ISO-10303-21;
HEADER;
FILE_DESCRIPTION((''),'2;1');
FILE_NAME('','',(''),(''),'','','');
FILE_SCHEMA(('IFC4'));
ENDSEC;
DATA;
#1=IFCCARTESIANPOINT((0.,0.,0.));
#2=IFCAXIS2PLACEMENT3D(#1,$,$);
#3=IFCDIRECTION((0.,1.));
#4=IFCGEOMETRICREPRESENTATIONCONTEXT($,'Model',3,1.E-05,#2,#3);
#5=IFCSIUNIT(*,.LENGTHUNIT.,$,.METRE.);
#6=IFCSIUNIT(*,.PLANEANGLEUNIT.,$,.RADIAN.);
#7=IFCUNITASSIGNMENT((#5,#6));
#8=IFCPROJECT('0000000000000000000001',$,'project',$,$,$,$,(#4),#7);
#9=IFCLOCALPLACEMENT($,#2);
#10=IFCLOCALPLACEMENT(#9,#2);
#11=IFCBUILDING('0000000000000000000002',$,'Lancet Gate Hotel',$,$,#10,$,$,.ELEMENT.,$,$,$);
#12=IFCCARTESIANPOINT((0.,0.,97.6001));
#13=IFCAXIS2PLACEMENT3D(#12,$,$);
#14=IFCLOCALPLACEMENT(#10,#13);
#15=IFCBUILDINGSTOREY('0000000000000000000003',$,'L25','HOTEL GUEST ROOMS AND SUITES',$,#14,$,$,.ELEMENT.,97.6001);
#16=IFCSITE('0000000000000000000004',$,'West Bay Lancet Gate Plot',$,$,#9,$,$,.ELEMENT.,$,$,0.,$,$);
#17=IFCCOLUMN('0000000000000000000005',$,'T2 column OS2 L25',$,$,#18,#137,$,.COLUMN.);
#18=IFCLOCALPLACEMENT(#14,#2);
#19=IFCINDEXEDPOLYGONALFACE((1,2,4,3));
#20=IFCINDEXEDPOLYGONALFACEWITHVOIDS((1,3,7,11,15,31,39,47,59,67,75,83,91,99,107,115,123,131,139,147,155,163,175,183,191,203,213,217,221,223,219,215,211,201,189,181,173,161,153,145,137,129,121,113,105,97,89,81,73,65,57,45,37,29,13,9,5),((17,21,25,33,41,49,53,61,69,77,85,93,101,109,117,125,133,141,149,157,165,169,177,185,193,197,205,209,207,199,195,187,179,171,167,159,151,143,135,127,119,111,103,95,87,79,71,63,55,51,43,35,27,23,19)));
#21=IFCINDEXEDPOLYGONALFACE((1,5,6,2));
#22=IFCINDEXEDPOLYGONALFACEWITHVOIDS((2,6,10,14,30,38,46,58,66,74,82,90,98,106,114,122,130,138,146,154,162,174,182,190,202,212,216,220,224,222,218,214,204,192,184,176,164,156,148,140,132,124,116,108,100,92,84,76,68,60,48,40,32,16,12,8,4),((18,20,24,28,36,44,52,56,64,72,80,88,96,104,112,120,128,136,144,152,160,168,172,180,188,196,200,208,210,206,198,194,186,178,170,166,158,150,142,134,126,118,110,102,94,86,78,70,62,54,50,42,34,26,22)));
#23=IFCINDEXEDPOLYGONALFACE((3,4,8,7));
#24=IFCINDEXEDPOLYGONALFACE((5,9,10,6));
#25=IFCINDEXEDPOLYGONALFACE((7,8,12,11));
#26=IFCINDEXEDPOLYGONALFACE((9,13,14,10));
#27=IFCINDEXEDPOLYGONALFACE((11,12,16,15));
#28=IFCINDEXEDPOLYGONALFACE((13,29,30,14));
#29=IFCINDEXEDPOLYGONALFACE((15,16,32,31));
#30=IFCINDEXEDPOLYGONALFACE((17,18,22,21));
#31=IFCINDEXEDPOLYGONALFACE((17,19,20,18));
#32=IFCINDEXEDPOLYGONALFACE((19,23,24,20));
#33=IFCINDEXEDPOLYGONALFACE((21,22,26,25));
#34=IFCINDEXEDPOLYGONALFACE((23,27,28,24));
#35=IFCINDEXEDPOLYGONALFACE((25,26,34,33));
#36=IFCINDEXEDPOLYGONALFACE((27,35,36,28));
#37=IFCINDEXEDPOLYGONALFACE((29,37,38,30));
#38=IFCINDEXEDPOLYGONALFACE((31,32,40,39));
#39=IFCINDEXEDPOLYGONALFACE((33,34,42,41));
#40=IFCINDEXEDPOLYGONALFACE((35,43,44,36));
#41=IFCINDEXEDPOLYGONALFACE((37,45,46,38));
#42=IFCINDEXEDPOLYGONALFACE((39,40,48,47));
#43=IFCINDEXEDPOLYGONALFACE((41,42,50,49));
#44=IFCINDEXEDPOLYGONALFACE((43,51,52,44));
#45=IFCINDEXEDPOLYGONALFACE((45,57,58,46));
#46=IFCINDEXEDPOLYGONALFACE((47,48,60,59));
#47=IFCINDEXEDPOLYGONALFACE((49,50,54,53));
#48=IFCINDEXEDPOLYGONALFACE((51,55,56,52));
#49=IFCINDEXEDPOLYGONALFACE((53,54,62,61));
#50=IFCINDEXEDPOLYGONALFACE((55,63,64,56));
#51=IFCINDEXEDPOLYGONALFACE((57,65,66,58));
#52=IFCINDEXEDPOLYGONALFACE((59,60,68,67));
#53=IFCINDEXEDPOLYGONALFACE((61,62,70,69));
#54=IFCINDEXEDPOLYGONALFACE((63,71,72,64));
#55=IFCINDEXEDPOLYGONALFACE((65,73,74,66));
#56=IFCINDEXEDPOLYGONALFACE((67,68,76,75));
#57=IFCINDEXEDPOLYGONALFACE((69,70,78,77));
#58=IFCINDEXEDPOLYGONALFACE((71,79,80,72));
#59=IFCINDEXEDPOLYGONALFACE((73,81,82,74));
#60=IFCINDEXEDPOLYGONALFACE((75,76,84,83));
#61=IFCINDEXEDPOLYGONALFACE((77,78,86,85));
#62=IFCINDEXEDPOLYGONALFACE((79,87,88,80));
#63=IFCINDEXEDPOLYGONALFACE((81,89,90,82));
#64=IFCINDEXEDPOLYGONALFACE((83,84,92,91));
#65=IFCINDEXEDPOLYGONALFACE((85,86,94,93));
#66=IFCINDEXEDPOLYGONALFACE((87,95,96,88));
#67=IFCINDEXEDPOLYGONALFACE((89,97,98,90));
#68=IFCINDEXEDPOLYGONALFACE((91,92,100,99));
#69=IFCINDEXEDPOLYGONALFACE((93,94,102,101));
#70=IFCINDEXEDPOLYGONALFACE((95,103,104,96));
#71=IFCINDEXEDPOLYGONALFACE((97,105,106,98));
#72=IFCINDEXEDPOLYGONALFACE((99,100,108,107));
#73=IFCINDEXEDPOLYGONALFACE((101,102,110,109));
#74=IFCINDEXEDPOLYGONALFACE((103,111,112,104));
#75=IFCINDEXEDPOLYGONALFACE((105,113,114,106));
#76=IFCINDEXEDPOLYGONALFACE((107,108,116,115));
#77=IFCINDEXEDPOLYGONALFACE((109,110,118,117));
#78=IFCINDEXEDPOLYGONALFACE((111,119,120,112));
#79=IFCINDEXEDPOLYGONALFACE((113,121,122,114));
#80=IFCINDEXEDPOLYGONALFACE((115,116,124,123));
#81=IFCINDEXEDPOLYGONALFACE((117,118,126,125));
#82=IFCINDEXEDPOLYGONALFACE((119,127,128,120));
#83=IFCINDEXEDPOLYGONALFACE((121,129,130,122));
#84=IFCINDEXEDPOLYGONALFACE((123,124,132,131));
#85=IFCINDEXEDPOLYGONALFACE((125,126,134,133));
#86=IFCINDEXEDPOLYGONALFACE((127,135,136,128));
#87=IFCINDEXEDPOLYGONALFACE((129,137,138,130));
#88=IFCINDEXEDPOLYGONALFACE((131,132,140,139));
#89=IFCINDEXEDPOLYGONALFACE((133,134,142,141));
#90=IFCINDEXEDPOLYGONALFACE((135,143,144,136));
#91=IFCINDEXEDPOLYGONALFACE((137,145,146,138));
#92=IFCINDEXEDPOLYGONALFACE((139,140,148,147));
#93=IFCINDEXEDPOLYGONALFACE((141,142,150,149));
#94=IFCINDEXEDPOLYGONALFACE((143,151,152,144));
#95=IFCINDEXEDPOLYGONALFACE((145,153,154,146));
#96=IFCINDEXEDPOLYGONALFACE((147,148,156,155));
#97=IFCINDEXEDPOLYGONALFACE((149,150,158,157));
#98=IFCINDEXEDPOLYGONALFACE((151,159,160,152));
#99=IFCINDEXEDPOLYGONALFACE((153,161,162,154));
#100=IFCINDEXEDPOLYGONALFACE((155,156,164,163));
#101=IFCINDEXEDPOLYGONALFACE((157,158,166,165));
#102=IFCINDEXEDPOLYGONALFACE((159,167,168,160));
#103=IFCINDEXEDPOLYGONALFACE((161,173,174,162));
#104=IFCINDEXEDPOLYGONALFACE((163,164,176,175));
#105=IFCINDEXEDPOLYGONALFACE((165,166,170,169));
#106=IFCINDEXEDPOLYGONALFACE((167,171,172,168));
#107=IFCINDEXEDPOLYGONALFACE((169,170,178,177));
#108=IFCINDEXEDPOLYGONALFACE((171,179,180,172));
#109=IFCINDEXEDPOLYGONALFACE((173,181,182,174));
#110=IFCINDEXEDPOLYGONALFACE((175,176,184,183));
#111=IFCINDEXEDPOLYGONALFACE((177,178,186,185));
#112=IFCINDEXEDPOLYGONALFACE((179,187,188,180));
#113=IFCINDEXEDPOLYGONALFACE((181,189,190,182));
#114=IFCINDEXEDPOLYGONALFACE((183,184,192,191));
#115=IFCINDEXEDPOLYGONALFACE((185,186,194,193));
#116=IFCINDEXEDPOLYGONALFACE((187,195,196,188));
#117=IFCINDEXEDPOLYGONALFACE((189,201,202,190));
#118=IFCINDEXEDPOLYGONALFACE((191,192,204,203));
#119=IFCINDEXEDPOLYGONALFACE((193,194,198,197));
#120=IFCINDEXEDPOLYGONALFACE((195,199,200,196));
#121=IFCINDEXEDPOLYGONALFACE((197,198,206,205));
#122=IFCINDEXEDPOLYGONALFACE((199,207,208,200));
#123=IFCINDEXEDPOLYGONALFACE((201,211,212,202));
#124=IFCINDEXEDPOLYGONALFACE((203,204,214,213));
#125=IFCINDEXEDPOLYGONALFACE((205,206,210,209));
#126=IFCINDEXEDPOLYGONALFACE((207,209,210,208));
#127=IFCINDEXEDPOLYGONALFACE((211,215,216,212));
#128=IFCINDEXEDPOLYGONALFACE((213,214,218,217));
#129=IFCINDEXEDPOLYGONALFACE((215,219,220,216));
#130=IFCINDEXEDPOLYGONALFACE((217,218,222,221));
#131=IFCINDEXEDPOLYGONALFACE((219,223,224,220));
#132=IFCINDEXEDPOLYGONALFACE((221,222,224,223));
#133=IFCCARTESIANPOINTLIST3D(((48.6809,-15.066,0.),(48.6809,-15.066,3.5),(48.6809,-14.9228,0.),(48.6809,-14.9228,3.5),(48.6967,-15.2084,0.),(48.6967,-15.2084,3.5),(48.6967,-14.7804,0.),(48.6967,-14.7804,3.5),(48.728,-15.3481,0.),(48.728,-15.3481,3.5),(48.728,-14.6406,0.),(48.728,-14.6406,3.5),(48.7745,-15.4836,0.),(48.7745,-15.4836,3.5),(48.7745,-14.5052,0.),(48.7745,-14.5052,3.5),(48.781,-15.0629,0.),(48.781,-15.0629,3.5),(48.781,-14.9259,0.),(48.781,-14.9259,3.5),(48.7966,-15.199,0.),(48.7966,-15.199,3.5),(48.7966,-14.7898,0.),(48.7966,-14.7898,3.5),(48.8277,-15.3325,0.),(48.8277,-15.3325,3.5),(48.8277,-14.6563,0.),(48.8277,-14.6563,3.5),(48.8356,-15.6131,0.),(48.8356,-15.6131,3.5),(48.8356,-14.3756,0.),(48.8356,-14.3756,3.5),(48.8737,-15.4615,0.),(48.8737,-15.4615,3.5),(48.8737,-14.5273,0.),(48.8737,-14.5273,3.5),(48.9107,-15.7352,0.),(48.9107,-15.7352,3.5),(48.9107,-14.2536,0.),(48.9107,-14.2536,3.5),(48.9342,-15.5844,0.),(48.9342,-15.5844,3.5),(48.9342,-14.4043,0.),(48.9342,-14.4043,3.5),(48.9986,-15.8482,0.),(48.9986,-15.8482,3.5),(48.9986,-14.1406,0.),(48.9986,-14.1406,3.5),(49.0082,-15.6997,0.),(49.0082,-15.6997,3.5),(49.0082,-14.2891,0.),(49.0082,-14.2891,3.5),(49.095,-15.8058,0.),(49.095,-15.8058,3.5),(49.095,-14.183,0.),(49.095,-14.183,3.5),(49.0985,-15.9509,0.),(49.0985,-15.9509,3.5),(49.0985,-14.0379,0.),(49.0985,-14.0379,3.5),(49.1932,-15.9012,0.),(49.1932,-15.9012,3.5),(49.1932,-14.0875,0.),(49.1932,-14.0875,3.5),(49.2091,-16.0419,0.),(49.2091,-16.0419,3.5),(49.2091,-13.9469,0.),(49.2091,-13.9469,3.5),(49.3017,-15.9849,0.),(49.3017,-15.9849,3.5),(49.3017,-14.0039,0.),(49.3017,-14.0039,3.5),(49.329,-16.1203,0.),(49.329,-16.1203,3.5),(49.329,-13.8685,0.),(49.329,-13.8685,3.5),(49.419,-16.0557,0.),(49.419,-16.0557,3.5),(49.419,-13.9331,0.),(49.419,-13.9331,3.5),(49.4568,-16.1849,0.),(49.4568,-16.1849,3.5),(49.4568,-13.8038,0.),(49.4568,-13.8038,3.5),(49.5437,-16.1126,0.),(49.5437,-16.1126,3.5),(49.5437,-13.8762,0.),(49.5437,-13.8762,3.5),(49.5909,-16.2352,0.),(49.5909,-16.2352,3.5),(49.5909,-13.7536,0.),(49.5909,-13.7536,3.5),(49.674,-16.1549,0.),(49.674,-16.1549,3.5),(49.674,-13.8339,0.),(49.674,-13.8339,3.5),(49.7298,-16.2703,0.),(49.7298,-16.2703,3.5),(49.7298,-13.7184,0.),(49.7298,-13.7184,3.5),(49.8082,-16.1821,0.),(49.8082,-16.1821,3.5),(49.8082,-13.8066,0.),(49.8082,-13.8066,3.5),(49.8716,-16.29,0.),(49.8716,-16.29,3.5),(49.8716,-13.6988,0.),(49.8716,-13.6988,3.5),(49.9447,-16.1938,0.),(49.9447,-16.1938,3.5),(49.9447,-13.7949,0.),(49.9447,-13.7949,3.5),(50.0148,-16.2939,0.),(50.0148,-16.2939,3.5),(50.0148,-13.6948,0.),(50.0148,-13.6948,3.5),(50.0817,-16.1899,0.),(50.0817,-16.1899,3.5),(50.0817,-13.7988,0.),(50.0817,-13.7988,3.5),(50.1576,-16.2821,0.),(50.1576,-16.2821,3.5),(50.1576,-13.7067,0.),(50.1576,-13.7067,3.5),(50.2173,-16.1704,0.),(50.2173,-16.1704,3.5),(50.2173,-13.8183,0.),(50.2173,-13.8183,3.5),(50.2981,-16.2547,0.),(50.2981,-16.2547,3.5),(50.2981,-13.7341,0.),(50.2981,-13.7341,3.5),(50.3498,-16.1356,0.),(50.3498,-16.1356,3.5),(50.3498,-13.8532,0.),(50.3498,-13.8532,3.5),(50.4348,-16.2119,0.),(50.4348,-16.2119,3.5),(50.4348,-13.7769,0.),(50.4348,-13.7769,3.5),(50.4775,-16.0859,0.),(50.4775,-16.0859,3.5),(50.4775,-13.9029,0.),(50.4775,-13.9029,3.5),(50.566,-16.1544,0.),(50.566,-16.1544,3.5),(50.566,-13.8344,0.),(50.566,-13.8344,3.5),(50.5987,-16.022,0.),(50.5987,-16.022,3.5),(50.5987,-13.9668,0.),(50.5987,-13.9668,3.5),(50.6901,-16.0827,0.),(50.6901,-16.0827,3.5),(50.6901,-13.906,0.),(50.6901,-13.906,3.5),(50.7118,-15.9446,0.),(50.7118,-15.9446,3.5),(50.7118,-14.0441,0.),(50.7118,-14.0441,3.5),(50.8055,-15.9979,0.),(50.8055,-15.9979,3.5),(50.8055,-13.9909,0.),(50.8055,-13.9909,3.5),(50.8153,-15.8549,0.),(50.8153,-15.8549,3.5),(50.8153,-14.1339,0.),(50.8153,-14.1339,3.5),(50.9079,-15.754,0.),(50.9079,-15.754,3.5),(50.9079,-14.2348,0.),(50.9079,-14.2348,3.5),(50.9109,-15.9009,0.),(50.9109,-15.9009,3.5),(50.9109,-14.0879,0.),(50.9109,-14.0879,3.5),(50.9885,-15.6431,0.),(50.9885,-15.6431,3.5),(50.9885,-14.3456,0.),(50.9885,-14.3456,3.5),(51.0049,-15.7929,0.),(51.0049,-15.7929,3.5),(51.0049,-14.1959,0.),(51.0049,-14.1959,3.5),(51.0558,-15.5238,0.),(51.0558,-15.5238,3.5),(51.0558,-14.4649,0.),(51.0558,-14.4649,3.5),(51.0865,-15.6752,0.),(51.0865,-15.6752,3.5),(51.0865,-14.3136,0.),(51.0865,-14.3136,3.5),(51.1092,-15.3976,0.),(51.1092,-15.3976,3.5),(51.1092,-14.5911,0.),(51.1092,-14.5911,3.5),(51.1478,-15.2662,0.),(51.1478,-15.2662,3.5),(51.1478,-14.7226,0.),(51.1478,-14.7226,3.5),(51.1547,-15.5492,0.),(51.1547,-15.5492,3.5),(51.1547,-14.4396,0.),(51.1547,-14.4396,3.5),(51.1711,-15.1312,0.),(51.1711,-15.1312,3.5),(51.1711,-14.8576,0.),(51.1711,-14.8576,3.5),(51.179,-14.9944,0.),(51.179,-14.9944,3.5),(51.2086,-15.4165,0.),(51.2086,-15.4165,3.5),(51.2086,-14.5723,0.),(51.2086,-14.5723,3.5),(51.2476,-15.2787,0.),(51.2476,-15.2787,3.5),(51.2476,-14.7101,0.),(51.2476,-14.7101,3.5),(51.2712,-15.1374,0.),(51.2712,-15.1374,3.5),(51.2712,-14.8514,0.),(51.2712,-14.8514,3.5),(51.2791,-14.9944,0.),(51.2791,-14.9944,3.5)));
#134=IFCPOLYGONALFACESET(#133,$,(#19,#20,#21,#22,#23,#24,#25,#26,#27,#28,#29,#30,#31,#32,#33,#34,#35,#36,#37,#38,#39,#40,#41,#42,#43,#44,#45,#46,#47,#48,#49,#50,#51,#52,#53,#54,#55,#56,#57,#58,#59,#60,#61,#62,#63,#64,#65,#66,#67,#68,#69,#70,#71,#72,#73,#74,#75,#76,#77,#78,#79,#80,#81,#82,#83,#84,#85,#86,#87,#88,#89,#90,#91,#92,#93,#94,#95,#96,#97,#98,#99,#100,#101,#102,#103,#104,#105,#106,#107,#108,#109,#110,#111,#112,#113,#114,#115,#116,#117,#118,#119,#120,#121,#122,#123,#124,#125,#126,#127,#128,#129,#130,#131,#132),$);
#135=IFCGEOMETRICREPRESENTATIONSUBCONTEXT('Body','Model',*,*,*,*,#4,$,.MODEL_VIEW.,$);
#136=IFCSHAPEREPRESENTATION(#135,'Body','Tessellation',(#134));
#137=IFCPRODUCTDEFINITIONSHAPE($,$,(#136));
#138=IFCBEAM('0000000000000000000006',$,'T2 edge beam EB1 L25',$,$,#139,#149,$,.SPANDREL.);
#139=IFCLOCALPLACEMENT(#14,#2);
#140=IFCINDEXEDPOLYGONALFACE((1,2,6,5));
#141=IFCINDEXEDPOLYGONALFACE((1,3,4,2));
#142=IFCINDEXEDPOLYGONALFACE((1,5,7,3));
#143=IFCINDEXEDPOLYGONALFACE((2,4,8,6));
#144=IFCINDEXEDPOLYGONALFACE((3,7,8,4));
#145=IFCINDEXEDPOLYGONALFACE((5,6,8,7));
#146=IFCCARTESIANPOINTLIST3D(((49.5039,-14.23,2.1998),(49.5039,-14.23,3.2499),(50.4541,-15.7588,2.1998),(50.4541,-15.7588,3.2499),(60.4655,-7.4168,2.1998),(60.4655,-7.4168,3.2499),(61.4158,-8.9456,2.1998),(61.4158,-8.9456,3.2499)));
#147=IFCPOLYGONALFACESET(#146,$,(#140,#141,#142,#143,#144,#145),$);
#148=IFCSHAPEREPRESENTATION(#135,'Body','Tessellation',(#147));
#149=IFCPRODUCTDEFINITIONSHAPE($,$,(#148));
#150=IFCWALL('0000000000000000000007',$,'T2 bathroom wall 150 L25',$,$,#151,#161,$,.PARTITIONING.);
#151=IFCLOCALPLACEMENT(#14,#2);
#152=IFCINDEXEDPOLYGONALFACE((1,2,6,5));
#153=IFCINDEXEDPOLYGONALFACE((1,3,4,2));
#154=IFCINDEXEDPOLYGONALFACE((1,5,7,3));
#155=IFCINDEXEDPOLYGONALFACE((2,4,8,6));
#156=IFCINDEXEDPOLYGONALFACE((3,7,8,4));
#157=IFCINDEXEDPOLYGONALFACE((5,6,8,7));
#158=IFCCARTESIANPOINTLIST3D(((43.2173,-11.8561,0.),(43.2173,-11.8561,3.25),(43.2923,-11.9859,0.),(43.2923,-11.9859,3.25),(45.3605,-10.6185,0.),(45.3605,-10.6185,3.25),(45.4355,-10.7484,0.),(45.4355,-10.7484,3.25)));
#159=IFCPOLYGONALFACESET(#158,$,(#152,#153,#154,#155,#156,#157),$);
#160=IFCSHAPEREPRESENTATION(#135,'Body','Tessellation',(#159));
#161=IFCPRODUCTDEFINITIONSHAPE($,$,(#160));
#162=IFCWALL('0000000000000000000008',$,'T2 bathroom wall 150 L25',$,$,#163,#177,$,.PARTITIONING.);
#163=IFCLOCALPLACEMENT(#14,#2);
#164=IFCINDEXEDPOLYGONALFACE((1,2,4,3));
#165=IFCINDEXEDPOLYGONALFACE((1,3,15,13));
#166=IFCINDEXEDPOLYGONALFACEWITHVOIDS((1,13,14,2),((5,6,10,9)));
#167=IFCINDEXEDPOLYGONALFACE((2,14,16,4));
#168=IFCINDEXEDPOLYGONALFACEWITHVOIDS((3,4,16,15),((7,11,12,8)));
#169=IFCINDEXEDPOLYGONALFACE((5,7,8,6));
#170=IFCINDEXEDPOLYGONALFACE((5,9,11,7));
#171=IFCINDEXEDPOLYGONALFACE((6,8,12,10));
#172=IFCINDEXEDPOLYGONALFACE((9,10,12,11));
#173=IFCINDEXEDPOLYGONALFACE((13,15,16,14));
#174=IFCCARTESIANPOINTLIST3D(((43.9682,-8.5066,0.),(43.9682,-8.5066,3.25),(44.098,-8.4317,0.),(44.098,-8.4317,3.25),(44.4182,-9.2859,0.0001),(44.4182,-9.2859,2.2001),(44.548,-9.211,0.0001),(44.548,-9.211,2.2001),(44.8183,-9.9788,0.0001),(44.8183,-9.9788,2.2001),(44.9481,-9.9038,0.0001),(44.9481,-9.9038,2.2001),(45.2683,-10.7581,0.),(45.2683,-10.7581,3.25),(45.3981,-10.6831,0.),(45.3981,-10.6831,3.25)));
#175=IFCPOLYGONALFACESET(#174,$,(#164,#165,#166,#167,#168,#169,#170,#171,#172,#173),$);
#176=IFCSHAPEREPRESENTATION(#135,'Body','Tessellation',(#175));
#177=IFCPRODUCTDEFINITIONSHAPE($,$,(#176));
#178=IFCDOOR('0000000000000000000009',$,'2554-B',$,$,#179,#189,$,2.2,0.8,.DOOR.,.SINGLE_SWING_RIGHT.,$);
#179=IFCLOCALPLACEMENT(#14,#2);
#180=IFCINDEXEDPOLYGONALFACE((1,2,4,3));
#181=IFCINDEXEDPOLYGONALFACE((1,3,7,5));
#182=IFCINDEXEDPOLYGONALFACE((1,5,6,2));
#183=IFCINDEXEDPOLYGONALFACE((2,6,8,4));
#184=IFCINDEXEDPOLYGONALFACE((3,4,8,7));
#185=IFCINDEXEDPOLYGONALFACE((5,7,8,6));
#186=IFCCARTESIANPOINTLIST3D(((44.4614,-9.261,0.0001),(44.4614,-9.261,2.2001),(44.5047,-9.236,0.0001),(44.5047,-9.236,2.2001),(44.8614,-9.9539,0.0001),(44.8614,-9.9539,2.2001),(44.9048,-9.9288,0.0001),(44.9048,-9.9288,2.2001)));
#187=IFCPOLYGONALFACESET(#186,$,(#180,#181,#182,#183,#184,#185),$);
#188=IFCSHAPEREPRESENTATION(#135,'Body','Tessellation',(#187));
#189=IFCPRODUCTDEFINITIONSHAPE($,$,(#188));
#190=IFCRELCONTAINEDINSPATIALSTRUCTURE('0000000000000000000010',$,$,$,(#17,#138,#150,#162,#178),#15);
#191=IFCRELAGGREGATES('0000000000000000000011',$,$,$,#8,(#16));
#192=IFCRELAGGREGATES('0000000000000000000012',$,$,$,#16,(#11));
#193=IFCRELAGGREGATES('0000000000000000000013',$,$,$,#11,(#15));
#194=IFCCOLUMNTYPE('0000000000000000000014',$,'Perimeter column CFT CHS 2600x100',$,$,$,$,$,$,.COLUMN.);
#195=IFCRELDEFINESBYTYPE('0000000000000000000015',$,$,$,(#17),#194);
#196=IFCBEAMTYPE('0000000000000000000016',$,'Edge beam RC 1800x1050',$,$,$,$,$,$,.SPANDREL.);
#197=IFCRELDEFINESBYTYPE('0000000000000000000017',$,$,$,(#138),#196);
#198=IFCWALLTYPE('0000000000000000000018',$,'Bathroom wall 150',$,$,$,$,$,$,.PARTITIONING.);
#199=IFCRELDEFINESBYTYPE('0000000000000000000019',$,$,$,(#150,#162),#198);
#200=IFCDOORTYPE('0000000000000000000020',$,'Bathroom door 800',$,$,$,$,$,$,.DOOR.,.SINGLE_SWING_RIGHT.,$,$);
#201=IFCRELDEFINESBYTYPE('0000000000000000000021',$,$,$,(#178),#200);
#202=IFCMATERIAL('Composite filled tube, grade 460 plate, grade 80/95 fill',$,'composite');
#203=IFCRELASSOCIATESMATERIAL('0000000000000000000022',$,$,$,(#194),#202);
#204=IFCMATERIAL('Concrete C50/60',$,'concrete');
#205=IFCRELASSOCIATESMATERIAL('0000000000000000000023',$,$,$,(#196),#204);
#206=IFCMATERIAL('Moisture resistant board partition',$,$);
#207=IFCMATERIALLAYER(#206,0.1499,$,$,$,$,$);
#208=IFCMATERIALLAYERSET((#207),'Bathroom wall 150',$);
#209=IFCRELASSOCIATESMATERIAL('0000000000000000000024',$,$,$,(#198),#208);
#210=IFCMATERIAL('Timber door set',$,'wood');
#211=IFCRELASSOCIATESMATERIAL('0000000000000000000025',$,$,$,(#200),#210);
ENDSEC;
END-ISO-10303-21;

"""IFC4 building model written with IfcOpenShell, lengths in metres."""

from ifc_helpers import new_model, si_unit, direction, frame, frame_2d, origin, origin_2d, place, context, subcontext, project, spatial, rectangle, hollow_circle, extrude, material, layer, layer_set, material_profile, profile_set, type_object, element, fill, save


model = new_model("IFC4")

# Units and contexts
model_context = context("Model", 3, precision=1e-05, world=origin(), true_north=direction((0.0, 1.0)))
body_context = subcontext(model_context, "Body", "Model", "MODEL_VIEW")
ifc_project = project(units=[si_unit("LENGTHUNIT", "METRE"), si_unit("PLANEANGLEUNIT", "RADIAN")], contexts=[model_context])

# Site, building, storey
site_placement = place(None, origin())
site = spatial("IfcSite", under=ifc_project, at=site_placement, Name="West Bay Lancet Gate Plot", CompositionType="ELEMENT", RefElevation=0.0)
building_placement = place(site_placement, origin())
building = spatial("IfcBuilding", under=site, at=building_placement, Name="Lancet Gate Hotel", CompositionType="ELEMENT")
storey_placement = place(building_placement, frame((0.0, 0.0, 97.6001)))
storey = spatial("IfcBuildingStorey", under=building, at=storey_placement, Name="L25", Description="HOTEL GUEST ROOMS AND SUITES", CompositionType="ELEMENT", Elevation=97.6001)

# Column
ifc_material_1 = material(Name="Composite filled tube, grade 460 plate, grade 80/95 fill", Category="composite")
ifc_material_profile_1 = material_profile(ifc_material_1, hollow_circle(Radius=1.3, WallThickness=0.1001, at=origin_2d()), Name="CHS 2600x100")
ifc_profile_set_1 = profile_set([ifc_material_profile_1], Name="Composite filled tube, grade 460 plate, grade 80/95 fill")
column_type = type_object("IfcColumnType", Name="Perimeter column CFT CHS 2600x100", PredefinedType="COLUMN", material=ifc_profile_set_1)
column_placement = place(storey_placement, frame((49.979, -14.9944, 0.0), z_axis=(0.0, 0.0, 1.0), x_axis=(1.0, 0.0, 0.0)))
element("IfcColumn", 1, at=column_placement, inside=storey, type_object=column_type, Name="T2 column OS2 L25", PredefinedType="COLUMN", context=body_context, shape_type="SweptSolid", body=[
    extrude(hollow_circle(Radius=1.3, WallThickness=0.1001, at=origin_2d()), origin(), (0.0, 0.0, 1.0), 3.5),
])

# Beam
ifc_material_2 = material(Name="Concrete C50/60", Category="concrete")
ifc_material_profile_2 = material_profile(ifc_material_2, rectangle(XDim=1.8, YDim=1.05, at=origin_2d()), Name="RC 1800x1050")
ifc_profile_set_2 = profile_set([ifc_material_profile_2], Name="Concrete C50/60")
beam_type = type_object("IfcBeamType", Name="Edge beam RC 1800x1050", PredefinedType="SPANDREL", material=ifc_profile_set_2)
beam_placement = place(storey_placement, frame((49.979, -14.9944, 2.7249), z_axis=(0.849312, 0.527891, 0.0), x_axis=(-0.527891, 0.849312, 0.0)))
element("IfcBeam", 2, at=beam_placement, inside=storey, type_object=beam_type, Name="T2 edge beam EB1 L25", PredefinedType="SPANDREL", context=body_context, shape_type="SweptSolid", body=[
    extrude(rectangle(XDim=1.8, YDim=1.05, at=origin_2d()), origin(), (0.0, 0.0, 1.0), 12.9065),
])

# Wall
ifc_material_3 = material(Name="Moisture resistant board partition")
ifc_layer_1 = layer(ifc_material_3, 0.1499)
ifc_layer_set_1 = layer_set([ifc_layer_1], Name="Bathroom wall 150")
wall_type_1 = type_object("IfcWallType", Name="Bathroom wall 150", PredefinedType="PARTITIONING", material=ifc_layer_set_1)
wall_1_placement = place(storey_placement, frame((43.2549, -11.9209, 0.0), z_axis=(0.0, 0.0, 1.0), x_axis=(0.866007, 0.500033, 0.0)))
element("IfcWall", 3, at=wall_1_placement, inside=storey, type_object=wall_type_1, Name="T2 bathroom wall 150 L25", PredefinedType="PARTITIONING", context=body_context, shape_type="SweptSolid", body=[
    extrude(rectangle(XDim=2.4749, YDim=0.1499, at=frame_2d((1.2373, 0.0))), origin(), (0.0, 0.0, 1.0), 3.25),
])

# Wall, opening, door
wall_2_placement = place(storey_placement, frame((44.0332, -8.4692, 0.0), z_axis=(0.0, 0.0, 1.0), x_axis=(0.500048, -0.865998, 0.0)))
wall_2 = element("IfcWall", 4, at=wall_2_placement, inside=storey, type_object=wall_type_1, Name="T2 bathroom wall 150 L25", PredefinedType="PARTITIONING", context=body_context, shape_type="SweptSolid", body=[
    extrude(rectangle(XDim=2.5999, YDim=0.1499, at=frame_2d((1.2998, 0.0))), origin(), (0.0, 0.0, 1.0), 3.25),
])
opening_1_placement = place(wall_2_placement, frame((0.8999, 0.0, 0.0)))
opening_1 = element("IfcOpeningElement", 5, at=opening_1_placement, cuts=wall_2, PredefinedType="OPENING", context=body_context, shape_type="SweptSolid", body=[
    extrude(rectangle(XDim=0.8, YDim=2.2, at=frame_2d((0.3999, 1.1001))), frame((0.0, 0.085, 0.0), z_axis=(0.0, -1.0, 0.0), x_axis=(1.0, 0.0, 0.0)), (0.0, 0.0, 1.0), 0.1699),
])
ifc_material_4 = material(Name="Timber door set", Category="wood")
door_type_1 = type_object("IfcDoorType", Name="Bathroom door 800", OperationType="SINGLE_SWING_RIGHT", PredefinedType="DOOR", material=ifc_material_4)
door_1_placement = place(opening_1_placement, origin())
door_1 = element("IfcDoor", 6, at=door_1_placement, inside=storey, type_object=door_type_1, Name="2554-B", OperationType="SINGLE_SWING_RIGHT", OverallHeight=2.2, OverallWidth=0.8, PredefinedType="DOOR", context=body_context, shape_type="SweptSolid", body=[
    extrude(rectangle(XDim=0.8, YDim=2.2, at=frame_2d((0.3999, 1.1001))), frame((0.0, 0.0249, 0.0), z_axis=(0.0, -1.0, 0.0), x_axis=(1.0, 0.0, 0.0)), (0.0, 0.0, 1.0), 0.05),
])
fill(opening_1, door_1)

save(model, "model.ifc")
